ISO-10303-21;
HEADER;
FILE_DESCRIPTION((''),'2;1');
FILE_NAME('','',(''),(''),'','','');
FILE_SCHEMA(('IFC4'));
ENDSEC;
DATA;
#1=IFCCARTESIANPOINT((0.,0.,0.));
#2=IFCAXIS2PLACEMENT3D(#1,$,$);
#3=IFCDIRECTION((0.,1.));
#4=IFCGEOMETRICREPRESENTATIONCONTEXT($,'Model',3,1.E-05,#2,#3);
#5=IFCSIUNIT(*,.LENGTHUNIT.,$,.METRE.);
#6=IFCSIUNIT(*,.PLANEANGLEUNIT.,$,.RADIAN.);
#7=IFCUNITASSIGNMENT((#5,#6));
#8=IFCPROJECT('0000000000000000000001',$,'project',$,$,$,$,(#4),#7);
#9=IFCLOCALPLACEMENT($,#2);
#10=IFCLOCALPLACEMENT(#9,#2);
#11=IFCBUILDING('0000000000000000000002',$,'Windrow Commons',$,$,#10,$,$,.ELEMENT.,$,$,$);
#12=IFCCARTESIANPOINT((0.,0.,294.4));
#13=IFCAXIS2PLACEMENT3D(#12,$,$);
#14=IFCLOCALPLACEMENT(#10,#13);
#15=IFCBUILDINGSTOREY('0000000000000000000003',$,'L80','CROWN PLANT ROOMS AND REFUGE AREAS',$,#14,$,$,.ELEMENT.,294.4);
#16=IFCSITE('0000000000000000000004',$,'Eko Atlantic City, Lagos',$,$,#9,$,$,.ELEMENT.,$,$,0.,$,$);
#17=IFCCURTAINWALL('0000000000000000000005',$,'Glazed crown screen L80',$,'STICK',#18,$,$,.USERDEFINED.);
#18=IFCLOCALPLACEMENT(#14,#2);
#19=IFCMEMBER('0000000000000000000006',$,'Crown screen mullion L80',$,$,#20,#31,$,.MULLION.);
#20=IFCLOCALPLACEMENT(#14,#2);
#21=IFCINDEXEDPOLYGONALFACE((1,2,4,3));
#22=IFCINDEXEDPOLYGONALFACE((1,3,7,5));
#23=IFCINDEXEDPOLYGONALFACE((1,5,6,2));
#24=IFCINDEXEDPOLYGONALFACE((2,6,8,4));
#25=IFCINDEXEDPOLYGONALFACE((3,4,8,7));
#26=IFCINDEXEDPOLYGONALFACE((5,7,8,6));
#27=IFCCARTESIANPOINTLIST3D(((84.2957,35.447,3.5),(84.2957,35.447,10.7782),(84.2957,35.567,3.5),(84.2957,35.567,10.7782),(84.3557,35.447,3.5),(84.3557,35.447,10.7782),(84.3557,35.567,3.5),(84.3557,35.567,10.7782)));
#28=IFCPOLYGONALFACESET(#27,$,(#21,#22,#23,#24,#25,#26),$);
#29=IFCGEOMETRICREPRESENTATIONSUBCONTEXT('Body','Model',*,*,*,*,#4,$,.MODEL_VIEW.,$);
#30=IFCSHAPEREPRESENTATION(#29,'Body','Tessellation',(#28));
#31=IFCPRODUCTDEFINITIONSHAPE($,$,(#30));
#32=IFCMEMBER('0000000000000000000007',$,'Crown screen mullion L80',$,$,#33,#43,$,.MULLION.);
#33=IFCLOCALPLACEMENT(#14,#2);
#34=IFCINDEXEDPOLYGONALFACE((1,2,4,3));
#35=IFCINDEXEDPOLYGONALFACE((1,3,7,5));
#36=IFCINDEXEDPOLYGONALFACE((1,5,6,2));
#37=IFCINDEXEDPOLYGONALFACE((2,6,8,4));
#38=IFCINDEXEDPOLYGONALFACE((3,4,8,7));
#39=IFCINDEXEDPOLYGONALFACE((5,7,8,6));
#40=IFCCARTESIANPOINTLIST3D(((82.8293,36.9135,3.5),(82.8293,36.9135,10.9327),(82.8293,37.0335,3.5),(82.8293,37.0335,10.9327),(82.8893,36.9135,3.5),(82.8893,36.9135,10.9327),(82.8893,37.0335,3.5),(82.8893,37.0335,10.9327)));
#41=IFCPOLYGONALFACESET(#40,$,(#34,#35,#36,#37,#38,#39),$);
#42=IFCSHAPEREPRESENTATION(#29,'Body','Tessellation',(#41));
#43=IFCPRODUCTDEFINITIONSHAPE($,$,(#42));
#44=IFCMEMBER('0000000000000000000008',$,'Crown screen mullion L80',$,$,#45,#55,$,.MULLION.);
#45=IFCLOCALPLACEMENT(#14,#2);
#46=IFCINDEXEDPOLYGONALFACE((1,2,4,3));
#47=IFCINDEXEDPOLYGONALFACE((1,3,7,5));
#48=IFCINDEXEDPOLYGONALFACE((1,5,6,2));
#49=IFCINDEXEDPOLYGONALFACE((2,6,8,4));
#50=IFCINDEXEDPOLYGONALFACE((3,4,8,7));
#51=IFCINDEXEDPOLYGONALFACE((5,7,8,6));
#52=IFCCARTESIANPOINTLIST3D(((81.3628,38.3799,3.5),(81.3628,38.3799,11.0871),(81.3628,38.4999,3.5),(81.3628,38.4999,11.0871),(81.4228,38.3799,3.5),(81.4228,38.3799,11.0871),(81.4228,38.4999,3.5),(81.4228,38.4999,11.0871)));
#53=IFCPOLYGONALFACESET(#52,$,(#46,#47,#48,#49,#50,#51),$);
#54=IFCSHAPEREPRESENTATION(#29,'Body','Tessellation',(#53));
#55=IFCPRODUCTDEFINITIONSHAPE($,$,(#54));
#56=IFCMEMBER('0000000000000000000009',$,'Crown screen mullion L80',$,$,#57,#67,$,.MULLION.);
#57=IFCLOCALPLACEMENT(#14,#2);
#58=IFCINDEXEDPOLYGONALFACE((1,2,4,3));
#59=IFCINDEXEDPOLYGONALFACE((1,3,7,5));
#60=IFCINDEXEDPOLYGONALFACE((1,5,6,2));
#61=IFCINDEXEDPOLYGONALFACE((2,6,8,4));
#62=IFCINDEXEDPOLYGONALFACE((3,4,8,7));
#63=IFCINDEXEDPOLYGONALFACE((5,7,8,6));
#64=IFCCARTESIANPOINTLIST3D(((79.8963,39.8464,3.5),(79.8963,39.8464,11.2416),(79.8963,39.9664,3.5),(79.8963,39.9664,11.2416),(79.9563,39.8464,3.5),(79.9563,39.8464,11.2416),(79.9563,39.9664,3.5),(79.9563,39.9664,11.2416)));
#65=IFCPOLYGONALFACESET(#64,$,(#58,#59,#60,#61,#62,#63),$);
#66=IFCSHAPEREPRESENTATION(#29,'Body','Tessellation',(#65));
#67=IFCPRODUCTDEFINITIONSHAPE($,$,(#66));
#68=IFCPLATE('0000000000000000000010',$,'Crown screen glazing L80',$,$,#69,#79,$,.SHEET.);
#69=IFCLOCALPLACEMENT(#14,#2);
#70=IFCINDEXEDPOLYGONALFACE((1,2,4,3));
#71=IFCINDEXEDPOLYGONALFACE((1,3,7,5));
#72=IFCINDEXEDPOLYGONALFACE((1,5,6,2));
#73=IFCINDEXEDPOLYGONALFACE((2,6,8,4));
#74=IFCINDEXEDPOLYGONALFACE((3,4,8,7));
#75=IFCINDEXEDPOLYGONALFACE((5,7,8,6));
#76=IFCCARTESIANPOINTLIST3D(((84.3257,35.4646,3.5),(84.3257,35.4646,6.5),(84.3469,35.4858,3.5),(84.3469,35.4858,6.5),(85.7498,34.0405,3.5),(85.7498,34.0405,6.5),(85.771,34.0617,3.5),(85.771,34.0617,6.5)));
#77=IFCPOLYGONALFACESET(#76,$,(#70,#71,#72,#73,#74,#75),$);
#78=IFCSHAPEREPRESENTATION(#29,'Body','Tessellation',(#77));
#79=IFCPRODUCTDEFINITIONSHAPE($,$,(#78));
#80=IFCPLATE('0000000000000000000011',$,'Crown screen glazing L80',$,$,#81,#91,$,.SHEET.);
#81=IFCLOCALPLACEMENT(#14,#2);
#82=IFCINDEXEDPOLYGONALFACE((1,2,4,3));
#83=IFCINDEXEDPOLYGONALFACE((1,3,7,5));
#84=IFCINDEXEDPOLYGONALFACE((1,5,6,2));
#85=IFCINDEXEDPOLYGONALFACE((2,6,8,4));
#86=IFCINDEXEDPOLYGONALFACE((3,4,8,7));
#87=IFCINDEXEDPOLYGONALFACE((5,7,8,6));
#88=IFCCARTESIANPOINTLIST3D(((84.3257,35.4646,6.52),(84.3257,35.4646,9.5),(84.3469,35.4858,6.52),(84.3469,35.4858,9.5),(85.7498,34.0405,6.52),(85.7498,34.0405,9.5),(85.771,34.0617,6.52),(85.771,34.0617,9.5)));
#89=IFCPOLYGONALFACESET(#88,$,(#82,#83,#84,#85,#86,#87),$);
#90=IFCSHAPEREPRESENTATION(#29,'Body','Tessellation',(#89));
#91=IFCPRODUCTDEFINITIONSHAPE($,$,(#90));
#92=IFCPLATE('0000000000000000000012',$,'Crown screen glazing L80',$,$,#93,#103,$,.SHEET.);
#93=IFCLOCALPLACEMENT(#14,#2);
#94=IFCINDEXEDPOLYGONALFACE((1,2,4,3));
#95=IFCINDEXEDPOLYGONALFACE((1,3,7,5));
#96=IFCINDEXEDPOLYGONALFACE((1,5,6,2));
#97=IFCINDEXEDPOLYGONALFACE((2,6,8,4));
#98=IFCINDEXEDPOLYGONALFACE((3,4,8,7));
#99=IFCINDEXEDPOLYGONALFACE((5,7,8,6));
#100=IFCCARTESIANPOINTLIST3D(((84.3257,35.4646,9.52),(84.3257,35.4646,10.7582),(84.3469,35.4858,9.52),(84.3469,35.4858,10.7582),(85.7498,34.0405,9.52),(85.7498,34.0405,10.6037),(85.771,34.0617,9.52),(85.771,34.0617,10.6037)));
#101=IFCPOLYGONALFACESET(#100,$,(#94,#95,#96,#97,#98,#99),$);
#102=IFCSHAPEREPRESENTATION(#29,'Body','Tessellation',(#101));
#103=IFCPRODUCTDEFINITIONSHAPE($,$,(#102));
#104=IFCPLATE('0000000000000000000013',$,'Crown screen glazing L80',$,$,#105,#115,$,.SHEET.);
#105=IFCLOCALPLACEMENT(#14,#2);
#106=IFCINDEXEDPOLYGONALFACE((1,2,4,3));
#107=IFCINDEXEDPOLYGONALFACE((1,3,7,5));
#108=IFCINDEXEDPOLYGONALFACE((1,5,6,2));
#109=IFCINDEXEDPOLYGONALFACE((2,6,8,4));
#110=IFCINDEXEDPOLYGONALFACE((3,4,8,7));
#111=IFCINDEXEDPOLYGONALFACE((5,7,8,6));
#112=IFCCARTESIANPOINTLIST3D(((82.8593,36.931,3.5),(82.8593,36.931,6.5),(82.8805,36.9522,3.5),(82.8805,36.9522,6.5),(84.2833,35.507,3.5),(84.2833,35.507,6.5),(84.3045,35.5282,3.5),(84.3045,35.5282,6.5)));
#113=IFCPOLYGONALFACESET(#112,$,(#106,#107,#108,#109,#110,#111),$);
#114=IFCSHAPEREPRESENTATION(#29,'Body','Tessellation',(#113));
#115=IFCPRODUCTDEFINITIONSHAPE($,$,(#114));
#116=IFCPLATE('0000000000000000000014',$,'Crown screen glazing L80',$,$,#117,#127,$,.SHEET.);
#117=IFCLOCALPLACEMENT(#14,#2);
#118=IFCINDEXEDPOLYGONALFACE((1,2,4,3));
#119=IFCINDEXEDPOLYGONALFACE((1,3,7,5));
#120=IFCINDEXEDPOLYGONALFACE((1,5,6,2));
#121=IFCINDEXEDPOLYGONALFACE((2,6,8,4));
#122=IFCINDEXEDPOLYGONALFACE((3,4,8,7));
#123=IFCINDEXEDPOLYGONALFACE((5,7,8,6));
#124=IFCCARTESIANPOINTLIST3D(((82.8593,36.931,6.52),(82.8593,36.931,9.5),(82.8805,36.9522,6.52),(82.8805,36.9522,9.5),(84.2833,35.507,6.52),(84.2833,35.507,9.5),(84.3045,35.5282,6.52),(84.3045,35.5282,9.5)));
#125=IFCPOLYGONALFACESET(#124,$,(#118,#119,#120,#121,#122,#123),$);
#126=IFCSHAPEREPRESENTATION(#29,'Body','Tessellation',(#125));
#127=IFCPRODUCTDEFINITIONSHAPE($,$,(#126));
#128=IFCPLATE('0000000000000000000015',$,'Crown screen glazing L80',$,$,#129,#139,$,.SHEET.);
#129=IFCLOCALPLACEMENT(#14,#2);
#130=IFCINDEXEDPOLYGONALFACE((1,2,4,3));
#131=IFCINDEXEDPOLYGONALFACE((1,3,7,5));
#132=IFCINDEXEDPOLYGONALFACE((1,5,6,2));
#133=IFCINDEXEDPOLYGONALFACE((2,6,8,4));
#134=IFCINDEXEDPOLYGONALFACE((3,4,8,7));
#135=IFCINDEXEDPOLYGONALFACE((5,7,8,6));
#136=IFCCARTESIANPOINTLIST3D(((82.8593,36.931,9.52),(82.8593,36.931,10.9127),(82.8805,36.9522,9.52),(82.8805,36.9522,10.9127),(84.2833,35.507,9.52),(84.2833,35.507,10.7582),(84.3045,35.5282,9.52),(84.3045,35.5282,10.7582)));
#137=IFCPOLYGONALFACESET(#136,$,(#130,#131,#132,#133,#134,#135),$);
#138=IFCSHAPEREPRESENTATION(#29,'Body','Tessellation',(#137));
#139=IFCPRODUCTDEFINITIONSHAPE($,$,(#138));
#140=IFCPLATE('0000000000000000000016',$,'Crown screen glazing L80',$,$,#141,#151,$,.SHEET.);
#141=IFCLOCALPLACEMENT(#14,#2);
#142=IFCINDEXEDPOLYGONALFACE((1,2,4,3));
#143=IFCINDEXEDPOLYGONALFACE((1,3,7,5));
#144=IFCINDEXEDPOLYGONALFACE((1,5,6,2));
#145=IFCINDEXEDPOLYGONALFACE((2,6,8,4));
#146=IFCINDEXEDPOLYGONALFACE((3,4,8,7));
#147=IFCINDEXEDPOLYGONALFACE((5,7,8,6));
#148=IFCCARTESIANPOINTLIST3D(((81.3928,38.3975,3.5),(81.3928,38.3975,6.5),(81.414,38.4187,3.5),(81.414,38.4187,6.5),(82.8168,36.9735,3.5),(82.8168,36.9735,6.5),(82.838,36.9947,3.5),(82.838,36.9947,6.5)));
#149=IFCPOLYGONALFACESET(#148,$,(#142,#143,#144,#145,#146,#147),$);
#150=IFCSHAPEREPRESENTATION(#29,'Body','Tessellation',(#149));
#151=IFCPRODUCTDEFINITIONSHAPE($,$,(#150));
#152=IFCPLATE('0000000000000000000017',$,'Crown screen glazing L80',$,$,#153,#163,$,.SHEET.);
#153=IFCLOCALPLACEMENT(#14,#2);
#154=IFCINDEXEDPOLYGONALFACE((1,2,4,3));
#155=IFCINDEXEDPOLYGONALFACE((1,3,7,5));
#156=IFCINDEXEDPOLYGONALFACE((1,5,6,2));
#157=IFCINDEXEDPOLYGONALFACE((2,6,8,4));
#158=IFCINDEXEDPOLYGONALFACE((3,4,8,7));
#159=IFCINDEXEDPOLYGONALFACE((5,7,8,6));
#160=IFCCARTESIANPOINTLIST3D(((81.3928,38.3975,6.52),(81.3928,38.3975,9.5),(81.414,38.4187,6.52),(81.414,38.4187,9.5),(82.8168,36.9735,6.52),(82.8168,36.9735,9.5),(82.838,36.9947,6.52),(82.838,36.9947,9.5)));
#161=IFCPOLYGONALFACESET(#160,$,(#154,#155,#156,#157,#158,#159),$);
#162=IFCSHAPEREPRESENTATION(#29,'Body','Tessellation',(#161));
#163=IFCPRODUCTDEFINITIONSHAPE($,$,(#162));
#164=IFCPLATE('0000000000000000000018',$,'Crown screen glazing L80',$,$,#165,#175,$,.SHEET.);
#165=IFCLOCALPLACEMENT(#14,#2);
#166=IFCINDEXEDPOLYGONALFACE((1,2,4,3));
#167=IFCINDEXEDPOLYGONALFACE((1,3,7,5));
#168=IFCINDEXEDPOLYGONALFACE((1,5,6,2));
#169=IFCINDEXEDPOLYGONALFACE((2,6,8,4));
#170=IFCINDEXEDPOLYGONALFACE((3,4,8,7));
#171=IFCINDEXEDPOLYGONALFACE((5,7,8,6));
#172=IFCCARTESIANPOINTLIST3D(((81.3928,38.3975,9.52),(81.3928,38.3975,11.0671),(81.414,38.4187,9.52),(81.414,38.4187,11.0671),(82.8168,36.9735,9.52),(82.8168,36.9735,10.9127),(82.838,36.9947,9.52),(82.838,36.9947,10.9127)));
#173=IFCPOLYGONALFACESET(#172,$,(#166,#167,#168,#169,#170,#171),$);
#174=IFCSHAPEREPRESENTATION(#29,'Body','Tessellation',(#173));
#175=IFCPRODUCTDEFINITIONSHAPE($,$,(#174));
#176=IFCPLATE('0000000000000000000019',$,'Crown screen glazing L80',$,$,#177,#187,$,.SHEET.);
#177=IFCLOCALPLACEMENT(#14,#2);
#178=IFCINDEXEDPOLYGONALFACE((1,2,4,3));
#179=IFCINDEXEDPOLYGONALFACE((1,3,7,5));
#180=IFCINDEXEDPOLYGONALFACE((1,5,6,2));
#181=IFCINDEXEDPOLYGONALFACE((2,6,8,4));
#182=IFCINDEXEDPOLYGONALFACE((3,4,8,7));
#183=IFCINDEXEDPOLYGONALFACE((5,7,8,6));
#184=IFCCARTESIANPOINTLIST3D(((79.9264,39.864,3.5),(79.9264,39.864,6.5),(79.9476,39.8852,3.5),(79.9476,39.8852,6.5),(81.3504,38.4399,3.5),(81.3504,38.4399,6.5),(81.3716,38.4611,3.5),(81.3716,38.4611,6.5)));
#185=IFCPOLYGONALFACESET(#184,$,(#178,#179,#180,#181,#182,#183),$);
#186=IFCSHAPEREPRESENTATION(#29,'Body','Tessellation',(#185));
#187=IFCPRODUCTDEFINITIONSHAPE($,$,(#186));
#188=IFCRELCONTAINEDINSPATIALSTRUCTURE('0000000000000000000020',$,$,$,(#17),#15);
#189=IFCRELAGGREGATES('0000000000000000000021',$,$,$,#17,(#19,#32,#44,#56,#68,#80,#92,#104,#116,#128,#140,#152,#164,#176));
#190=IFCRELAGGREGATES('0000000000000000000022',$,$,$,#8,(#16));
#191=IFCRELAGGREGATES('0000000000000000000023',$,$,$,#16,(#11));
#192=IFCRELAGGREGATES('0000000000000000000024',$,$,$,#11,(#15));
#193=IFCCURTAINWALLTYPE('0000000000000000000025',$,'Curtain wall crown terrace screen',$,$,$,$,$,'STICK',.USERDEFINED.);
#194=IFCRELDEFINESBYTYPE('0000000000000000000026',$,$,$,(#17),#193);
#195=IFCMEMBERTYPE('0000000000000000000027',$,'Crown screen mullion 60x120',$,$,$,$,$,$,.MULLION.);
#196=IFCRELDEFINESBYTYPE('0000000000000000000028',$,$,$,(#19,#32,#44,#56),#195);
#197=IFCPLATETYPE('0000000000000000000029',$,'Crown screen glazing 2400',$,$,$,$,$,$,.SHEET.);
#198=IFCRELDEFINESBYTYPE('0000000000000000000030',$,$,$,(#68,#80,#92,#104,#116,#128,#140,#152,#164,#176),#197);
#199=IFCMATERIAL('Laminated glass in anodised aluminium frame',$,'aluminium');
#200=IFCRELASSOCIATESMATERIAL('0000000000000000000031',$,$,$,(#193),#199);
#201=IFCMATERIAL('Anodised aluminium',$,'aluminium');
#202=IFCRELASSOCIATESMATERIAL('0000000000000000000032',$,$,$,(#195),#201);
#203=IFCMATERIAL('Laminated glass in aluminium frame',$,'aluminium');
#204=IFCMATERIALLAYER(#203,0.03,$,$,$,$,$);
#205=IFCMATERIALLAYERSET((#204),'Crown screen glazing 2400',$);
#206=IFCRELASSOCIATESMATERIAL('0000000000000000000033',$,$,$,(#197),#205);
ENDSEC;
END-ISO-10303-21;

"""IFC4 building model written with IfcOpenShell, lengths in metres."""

from ifc_helpers import new_model, si_unit, direction, frame, origin, origin_2d, place, context, subcontext, project, spatial, polyline, rectangle, outline, extrude, material, layer, layer_set, material_profile, profile_set, type_object, element, aggregate, save


model = new_model("IFC4")

# Units and contexts
model_context = context("Model", 3, precision=1e-05, world=origin(), true_north=direction((0.0, 1.0)))
body_context = subcontext(model_context, "Body", "Model", "MODEL_VIEW")
ifc_project = project(units=[si_unit("LENGTHUNIT", "METRE"), si_unit("PLANEANGLEUNIT", "RADIAN")], contexts=[model_context])

# Site, building, storey
site_placement = place(None, origin())
site = spatial("IfcSite", under=ifc_project, at=site_placement, Name="Eko Atlantic City, Lagos", CompositionType="ELEMENT", RefElevation=0.0)
building_placement = place(site_placement, origin())
building = spatial("IfcBuilding", under=site, at=building_placement, Name="Windrow Commons", CompositionType="ELEMENT")
storey_placement = place(building_placement, frame((0.0, 0.0, 294.4)))
storey = spatial("IfcBuildingStorey", under=building, at=storey_placement, Name="L80", Description="CROWN PLANT ROOMS AND REFUGE AREAS", CompositionType="ELEMENT", Elevation=294.4)

# Curtain wall, members, plates
ifc_material_1 = material(Name="Laminated glass in anodised aluminium frame", Category="aluminium")
curtain_wall_type = type_object("IfcCurtainWallType", Name="Curtain wall crown terrace screen", ElementType="STICK", PredefinedType="USERDEFINED", material=ifc_material_1)
curtain_wall_placement = place(storey_placement, origin())
curtain_wall = element("IfcCurtainWall", 1, at=curtain_wall_placement, inside=storey, type_object=curtain_wall_type, Name="Glazed crown screen L80", ObjectType="STICK", PredefinedType="USERDEFINED")
ifc_material_2 = material(Name="Anodised aluminium", Category="aluminium")
ifc_material_profile = material_profile(ifc_material_2, rectangle(XDim=0.06, YDim=0.12, at=origin_2d()))
ifc_profile_set = profile_set([ifc_material_profile], Name="Anodised aluminium")
member_type = type_object("IfcMemberType", Name="Crown screen mullion 60x120", PredefinedType="MULLION", material=ifc_profile_set)
member_1_placement = place(storey_placement, frame((84.3257, 35.507, 3.5), z_axis=(0.0, 0.0, 1.0), x_axis=(1.0, 0.0, 0.0)))
member_1 = element("IfcMember", 2, at=member_1_placement, type_object=member_type, Name="Crown screen mullion L80", PredefinedType="MULLION", context=body_context, shape_type="SweptSolid", body=[
    extrude(rectangle(XDim=0.06, YDim=0.12, at=origin_2d()), origin(), (0.0, 0.0, 1.0), 7.2782),
])
member_2_placement = place(storey_placement, frame((82.8593, 36.9735, 3.5), z_axis=(0.0, 0.0, 1.0), x_axis=(1.0, 0.0, 0.0)))
member_2 = element("IfcMember", 3, at=member_2_placement, type_object=member_type, Name="Crown screen mullion L80", PredefinedType="MULLION", context=body_context, shape_type="SweptSolid", body=[
    extrude(rectangle(XDim=0.06, YDim=0.12, at=origin_2d()), origin(), (0.0, 0.0, 1.0), 7.4327),
])
member_3_placement = place(storey_placement, frame((81.3928, 38.4399, 3.5), z_axis=(0.0, 0.0, 1.0), x_axis=(1.0, 0.0, 0.0)))
member_3 = element("IfcMember", 4, at=member_3_placement, type_object=member_type, Name="Crown screen mullion L80", PredefinedType="MULLION", context=body_context, shape_type="SweptSolid", body=[
    extrude(rectangle(XDim=0.06, YDim=0.12, at=origin_2d()), origin(), (0.0, 0.0, 1.0), 7.5871),
])
member_4_placement = place(storey_placement, frame((79.9263, 39.9064, 3.5), z_axis=(0.0, 0.0, 1.0), x_axis=(1.0, 0.0, 0.0)))
member_4 = element("IfcMember", 5, at=member_4_placement, type_object=member_type, Name="Crown screen mullion L80", PredefinedType="MULLION", context=body_context, shape_type="SweptSolid", body=[
    extrude(rectangle(XDim=0.06, YDim=0.12, at=origin_2d()), origin(), (0.0, 0.0, 1.0), 7.7416),
])
ifc_material_3 = material(Name="Laminated glass in aluminium frame", Category="aluminium")
ifc_layer_1 = layer(ifc_material_3, 0.03)
ifc_layer_set_1 = layer_set([ifc_layer_1], Name="Crown screen glazing 2400")
plate_type = type_object("IfcPlateType", Name="Crown screen glazing 2400", PredefinedType="SHEET", material=ifc_layer_set_1)
plate_1_placement = place(storey_placement, frame((85.771, 34.0617, 3.5), z_axis=(0.707107, 0.707107, 0.0), x_axis=(-0.707107, 0.707107, 0.0)))
plate_1 = element("IfcPlate", 6, at=plate_1_placement, type_object=plate_type, Name="Crown screen glazing L80", PredefinedType="SHEET", context=body_context, shape_type="SweptSolid", body=[
    extrude(outline(polyline([(0.0, 0.0), (2.014, 0.0), (2.014, 3.0), (0.0, 3.0), (0.0, 0.0)])), origin(), (0.0, 0.0, -1.0), 0.03),
])
plate_2_placement = place(storey_placement, frame((85.771, 34.0617, 6.52), z_axis=(0.707107, 0.707107, 0.0), x_axis=(-0.707107, 0.707107, 0.0)))
plate_2 = element("IfcPlate", 7, at=plate_2_placement, type_object=plate_type, Name="Crown screen glazing L80", PredefinedType="SHEET", context=body_context, shape_type="SweptSolid", body=[
    extrude(outline(polyline([(0.0, 0.0), (2.014, 0.0), (2.014, 2.98), (0.0, 2.98), (0.0, 0.0)])), origin(), (0.0, 0.0, -1.0), 0.03),
])
plate_3_placement = place(storey_placement, frame((85.771, 34.0617, 9.52), z_axis=(0.707107, 0.707107, 0.0), x_axis=(-0.707107, 0.707107, 0.0)))
plate_3 = element("IfcPlate", 8, at=plate_3_placement, type_object=plate_type, Name="Crown screen glazing L80", PredefinedType="SHEET", context=body_context, shape_type="SweptSolid", body=[
    extrude(outline(polyline([(0.0, 0.0), (2.014, 0.0), (2.014, 1.2382), (0.0, 1.0837), (0.0, 0.0)])), origin(), (0.0, 0.0, -1.0), 0.03),
])
plate_4_placement = place(storey_placement, frame((84.3045, 35.5282, 3.5), z_axis=(0.707107, 0.707107, 0.0), x_axis=(-0.707107, 0.707107, 0.0)))
plate_4 = element("IfcPlate", 9, at=plate_4_placement, type_object=plate_type, Name="Crown screen glazing L80", PredefinedType="SHEET", context=body_context, shape_type="SweptSolid", body=[
    extrude(outline(polyline([(0.0, 0.0), (2.0138, 0.0), (2.0138, 3.0), (0.0, 3.0), (0.0, 0.0)])), origin(), (0.0, 0.0, -1.0), 0.03),
])
plate_5_placement = place(storey_placement, frame((84.3045, 35.5282, 6.52), z_axis=(0.707107, 0.707107, 0.0), x_axis=(-0.707107, 0.707107, 0.0)))
plate_5 = element("IfcPlate", 10, at=plate_5_placement, type_object=plate_type, Name="Crown screen glazing L80", PredefinedType="SHEET", context=body_context, shape_type="SweptSolid", body=[
    extrude(outline(polyline([(0.0, 0.0), (2.0138, 0.0), (2.0138, 2.98), (0.0, 2.98), (0.0, 0.0)])), origin(), (0.0, 0.0, -1.0), 0.03),
])
plate_6_placement = place(storey_placement, frame((84.3045, 35.5282, 9.52), z_axis=(0.707107, 0.707107, 0.0), x_axis=(-0.707107, 0.707107, 0.0)))
plate_6 = element("IfcPlate", 11, at=plate_6_placement, type_object=plate_type, Name="Crown screen glazing L80", PredefinedType="SHEET", context=body_context, shape_type="SweptSolid", body=[
    extrude(outline(polyline([(0.0, 0.0), (2.0138, 0.0), (2.0138, 1.3927), (0.0, 1.2382), (0.0, 0.0)])), origin(), (0.0, 0.0, -1.0), 0.03),
])
plate_7_placement = place(storey_placement, frame((82.838, 36.9947, 3.5), z_axis=(0.707107, 0.707107, 0.0), x_axis=(-0.707107, 0.707107, 0.0)))
plate_7 = element("IfcPlate", 12, at=plate_7_placement, type_object=plate_type, Name="Crown screen glazing L80", PredefinedType="SHEET", context=body_context, shape_type="SweptSolid", body=[
    extrude(outline(polyline([(0.0, 0.0), (2.0138, 0.0), (2.0138, 3.0), (0.0, 3.0), (0.0, 0.0)])), origin(), (0.0, 0.0, -1.0), 0.03),
])
plate_8_placement = place(storey_placement, frame((82.838, 36.9947, 6.52), z_axis=(0.707107, 0.707107, 0.0), x_axis=(-0.707107, 0.707107, 0.0)))
plate_8 = element("IfcPlate", 13, at=plate_8_placement, type_object=plate_type, Name="Crown screen glazing L80", PredefinedType="SHEET", context=body_context, shape_type="SweptSolid", body=[
    extrude(outline(polyline([(0.0, 0.0), (2.0138, 0.0), (2.0138, 2.98), (0.0, 2.98), (0.0, 0.0)])), origin(), (0.0, 0.0, -1.0), 0.03),
])
plate_9_placement = place(storey_placement, frame((82.838, 36.9947, 9.52), z_axis=(0.707107, 0.707107, 0.0), x_axis=(-0.707107, 0.707107, 0.0)))
plate_9 = element("IfcPlate", 14, at=plate_9_placement, type_object=plate_type, Name="Crown screen glazing L80", PredefinedType="SHEET", context=body_context, shape_type="SweptSolid", body=[
    extrude(outline(polyline([(0.0, 0.0), (2.0138, 0.0), (2.0138, 1.5471), (0.0, 1.3927), (0.0, 0.0)])), origin(), (0.0, 0.0, -1.0), 0.03),
])
plate_10_placement = place(storey_placement, frame((81.3716, 38.4611, 3.5), z_axis=(0.707132, 0.707082, 0.0), x_axis=(-0.707082, 0.707132, 0.0)))
plate_10 = element("IfcPlate", 15, at=plate_10_placement, type_object=plate_type, Name="Crown screen glazing L80", PredefinedType="SHEET", context=body_context, shape_type="SweptSolid", body=[
    extrude(outline(polyline([(0.0, 0.0), (2.0139, 0.0), (2.0139, 3.0), (0.0, 3.0), (0.0, 0.0)])), origin(), (0.0, 0.0, -1.0), 0.03),
])
aggregate(curtain_wall, [member_1, member_2, member_3, member_4, plate_1, plate_2, plate_3, plate_4, plate_5, plate_6, plate_7, plate_8, plate_9, plate_10])

save(model, "model.ifc")
